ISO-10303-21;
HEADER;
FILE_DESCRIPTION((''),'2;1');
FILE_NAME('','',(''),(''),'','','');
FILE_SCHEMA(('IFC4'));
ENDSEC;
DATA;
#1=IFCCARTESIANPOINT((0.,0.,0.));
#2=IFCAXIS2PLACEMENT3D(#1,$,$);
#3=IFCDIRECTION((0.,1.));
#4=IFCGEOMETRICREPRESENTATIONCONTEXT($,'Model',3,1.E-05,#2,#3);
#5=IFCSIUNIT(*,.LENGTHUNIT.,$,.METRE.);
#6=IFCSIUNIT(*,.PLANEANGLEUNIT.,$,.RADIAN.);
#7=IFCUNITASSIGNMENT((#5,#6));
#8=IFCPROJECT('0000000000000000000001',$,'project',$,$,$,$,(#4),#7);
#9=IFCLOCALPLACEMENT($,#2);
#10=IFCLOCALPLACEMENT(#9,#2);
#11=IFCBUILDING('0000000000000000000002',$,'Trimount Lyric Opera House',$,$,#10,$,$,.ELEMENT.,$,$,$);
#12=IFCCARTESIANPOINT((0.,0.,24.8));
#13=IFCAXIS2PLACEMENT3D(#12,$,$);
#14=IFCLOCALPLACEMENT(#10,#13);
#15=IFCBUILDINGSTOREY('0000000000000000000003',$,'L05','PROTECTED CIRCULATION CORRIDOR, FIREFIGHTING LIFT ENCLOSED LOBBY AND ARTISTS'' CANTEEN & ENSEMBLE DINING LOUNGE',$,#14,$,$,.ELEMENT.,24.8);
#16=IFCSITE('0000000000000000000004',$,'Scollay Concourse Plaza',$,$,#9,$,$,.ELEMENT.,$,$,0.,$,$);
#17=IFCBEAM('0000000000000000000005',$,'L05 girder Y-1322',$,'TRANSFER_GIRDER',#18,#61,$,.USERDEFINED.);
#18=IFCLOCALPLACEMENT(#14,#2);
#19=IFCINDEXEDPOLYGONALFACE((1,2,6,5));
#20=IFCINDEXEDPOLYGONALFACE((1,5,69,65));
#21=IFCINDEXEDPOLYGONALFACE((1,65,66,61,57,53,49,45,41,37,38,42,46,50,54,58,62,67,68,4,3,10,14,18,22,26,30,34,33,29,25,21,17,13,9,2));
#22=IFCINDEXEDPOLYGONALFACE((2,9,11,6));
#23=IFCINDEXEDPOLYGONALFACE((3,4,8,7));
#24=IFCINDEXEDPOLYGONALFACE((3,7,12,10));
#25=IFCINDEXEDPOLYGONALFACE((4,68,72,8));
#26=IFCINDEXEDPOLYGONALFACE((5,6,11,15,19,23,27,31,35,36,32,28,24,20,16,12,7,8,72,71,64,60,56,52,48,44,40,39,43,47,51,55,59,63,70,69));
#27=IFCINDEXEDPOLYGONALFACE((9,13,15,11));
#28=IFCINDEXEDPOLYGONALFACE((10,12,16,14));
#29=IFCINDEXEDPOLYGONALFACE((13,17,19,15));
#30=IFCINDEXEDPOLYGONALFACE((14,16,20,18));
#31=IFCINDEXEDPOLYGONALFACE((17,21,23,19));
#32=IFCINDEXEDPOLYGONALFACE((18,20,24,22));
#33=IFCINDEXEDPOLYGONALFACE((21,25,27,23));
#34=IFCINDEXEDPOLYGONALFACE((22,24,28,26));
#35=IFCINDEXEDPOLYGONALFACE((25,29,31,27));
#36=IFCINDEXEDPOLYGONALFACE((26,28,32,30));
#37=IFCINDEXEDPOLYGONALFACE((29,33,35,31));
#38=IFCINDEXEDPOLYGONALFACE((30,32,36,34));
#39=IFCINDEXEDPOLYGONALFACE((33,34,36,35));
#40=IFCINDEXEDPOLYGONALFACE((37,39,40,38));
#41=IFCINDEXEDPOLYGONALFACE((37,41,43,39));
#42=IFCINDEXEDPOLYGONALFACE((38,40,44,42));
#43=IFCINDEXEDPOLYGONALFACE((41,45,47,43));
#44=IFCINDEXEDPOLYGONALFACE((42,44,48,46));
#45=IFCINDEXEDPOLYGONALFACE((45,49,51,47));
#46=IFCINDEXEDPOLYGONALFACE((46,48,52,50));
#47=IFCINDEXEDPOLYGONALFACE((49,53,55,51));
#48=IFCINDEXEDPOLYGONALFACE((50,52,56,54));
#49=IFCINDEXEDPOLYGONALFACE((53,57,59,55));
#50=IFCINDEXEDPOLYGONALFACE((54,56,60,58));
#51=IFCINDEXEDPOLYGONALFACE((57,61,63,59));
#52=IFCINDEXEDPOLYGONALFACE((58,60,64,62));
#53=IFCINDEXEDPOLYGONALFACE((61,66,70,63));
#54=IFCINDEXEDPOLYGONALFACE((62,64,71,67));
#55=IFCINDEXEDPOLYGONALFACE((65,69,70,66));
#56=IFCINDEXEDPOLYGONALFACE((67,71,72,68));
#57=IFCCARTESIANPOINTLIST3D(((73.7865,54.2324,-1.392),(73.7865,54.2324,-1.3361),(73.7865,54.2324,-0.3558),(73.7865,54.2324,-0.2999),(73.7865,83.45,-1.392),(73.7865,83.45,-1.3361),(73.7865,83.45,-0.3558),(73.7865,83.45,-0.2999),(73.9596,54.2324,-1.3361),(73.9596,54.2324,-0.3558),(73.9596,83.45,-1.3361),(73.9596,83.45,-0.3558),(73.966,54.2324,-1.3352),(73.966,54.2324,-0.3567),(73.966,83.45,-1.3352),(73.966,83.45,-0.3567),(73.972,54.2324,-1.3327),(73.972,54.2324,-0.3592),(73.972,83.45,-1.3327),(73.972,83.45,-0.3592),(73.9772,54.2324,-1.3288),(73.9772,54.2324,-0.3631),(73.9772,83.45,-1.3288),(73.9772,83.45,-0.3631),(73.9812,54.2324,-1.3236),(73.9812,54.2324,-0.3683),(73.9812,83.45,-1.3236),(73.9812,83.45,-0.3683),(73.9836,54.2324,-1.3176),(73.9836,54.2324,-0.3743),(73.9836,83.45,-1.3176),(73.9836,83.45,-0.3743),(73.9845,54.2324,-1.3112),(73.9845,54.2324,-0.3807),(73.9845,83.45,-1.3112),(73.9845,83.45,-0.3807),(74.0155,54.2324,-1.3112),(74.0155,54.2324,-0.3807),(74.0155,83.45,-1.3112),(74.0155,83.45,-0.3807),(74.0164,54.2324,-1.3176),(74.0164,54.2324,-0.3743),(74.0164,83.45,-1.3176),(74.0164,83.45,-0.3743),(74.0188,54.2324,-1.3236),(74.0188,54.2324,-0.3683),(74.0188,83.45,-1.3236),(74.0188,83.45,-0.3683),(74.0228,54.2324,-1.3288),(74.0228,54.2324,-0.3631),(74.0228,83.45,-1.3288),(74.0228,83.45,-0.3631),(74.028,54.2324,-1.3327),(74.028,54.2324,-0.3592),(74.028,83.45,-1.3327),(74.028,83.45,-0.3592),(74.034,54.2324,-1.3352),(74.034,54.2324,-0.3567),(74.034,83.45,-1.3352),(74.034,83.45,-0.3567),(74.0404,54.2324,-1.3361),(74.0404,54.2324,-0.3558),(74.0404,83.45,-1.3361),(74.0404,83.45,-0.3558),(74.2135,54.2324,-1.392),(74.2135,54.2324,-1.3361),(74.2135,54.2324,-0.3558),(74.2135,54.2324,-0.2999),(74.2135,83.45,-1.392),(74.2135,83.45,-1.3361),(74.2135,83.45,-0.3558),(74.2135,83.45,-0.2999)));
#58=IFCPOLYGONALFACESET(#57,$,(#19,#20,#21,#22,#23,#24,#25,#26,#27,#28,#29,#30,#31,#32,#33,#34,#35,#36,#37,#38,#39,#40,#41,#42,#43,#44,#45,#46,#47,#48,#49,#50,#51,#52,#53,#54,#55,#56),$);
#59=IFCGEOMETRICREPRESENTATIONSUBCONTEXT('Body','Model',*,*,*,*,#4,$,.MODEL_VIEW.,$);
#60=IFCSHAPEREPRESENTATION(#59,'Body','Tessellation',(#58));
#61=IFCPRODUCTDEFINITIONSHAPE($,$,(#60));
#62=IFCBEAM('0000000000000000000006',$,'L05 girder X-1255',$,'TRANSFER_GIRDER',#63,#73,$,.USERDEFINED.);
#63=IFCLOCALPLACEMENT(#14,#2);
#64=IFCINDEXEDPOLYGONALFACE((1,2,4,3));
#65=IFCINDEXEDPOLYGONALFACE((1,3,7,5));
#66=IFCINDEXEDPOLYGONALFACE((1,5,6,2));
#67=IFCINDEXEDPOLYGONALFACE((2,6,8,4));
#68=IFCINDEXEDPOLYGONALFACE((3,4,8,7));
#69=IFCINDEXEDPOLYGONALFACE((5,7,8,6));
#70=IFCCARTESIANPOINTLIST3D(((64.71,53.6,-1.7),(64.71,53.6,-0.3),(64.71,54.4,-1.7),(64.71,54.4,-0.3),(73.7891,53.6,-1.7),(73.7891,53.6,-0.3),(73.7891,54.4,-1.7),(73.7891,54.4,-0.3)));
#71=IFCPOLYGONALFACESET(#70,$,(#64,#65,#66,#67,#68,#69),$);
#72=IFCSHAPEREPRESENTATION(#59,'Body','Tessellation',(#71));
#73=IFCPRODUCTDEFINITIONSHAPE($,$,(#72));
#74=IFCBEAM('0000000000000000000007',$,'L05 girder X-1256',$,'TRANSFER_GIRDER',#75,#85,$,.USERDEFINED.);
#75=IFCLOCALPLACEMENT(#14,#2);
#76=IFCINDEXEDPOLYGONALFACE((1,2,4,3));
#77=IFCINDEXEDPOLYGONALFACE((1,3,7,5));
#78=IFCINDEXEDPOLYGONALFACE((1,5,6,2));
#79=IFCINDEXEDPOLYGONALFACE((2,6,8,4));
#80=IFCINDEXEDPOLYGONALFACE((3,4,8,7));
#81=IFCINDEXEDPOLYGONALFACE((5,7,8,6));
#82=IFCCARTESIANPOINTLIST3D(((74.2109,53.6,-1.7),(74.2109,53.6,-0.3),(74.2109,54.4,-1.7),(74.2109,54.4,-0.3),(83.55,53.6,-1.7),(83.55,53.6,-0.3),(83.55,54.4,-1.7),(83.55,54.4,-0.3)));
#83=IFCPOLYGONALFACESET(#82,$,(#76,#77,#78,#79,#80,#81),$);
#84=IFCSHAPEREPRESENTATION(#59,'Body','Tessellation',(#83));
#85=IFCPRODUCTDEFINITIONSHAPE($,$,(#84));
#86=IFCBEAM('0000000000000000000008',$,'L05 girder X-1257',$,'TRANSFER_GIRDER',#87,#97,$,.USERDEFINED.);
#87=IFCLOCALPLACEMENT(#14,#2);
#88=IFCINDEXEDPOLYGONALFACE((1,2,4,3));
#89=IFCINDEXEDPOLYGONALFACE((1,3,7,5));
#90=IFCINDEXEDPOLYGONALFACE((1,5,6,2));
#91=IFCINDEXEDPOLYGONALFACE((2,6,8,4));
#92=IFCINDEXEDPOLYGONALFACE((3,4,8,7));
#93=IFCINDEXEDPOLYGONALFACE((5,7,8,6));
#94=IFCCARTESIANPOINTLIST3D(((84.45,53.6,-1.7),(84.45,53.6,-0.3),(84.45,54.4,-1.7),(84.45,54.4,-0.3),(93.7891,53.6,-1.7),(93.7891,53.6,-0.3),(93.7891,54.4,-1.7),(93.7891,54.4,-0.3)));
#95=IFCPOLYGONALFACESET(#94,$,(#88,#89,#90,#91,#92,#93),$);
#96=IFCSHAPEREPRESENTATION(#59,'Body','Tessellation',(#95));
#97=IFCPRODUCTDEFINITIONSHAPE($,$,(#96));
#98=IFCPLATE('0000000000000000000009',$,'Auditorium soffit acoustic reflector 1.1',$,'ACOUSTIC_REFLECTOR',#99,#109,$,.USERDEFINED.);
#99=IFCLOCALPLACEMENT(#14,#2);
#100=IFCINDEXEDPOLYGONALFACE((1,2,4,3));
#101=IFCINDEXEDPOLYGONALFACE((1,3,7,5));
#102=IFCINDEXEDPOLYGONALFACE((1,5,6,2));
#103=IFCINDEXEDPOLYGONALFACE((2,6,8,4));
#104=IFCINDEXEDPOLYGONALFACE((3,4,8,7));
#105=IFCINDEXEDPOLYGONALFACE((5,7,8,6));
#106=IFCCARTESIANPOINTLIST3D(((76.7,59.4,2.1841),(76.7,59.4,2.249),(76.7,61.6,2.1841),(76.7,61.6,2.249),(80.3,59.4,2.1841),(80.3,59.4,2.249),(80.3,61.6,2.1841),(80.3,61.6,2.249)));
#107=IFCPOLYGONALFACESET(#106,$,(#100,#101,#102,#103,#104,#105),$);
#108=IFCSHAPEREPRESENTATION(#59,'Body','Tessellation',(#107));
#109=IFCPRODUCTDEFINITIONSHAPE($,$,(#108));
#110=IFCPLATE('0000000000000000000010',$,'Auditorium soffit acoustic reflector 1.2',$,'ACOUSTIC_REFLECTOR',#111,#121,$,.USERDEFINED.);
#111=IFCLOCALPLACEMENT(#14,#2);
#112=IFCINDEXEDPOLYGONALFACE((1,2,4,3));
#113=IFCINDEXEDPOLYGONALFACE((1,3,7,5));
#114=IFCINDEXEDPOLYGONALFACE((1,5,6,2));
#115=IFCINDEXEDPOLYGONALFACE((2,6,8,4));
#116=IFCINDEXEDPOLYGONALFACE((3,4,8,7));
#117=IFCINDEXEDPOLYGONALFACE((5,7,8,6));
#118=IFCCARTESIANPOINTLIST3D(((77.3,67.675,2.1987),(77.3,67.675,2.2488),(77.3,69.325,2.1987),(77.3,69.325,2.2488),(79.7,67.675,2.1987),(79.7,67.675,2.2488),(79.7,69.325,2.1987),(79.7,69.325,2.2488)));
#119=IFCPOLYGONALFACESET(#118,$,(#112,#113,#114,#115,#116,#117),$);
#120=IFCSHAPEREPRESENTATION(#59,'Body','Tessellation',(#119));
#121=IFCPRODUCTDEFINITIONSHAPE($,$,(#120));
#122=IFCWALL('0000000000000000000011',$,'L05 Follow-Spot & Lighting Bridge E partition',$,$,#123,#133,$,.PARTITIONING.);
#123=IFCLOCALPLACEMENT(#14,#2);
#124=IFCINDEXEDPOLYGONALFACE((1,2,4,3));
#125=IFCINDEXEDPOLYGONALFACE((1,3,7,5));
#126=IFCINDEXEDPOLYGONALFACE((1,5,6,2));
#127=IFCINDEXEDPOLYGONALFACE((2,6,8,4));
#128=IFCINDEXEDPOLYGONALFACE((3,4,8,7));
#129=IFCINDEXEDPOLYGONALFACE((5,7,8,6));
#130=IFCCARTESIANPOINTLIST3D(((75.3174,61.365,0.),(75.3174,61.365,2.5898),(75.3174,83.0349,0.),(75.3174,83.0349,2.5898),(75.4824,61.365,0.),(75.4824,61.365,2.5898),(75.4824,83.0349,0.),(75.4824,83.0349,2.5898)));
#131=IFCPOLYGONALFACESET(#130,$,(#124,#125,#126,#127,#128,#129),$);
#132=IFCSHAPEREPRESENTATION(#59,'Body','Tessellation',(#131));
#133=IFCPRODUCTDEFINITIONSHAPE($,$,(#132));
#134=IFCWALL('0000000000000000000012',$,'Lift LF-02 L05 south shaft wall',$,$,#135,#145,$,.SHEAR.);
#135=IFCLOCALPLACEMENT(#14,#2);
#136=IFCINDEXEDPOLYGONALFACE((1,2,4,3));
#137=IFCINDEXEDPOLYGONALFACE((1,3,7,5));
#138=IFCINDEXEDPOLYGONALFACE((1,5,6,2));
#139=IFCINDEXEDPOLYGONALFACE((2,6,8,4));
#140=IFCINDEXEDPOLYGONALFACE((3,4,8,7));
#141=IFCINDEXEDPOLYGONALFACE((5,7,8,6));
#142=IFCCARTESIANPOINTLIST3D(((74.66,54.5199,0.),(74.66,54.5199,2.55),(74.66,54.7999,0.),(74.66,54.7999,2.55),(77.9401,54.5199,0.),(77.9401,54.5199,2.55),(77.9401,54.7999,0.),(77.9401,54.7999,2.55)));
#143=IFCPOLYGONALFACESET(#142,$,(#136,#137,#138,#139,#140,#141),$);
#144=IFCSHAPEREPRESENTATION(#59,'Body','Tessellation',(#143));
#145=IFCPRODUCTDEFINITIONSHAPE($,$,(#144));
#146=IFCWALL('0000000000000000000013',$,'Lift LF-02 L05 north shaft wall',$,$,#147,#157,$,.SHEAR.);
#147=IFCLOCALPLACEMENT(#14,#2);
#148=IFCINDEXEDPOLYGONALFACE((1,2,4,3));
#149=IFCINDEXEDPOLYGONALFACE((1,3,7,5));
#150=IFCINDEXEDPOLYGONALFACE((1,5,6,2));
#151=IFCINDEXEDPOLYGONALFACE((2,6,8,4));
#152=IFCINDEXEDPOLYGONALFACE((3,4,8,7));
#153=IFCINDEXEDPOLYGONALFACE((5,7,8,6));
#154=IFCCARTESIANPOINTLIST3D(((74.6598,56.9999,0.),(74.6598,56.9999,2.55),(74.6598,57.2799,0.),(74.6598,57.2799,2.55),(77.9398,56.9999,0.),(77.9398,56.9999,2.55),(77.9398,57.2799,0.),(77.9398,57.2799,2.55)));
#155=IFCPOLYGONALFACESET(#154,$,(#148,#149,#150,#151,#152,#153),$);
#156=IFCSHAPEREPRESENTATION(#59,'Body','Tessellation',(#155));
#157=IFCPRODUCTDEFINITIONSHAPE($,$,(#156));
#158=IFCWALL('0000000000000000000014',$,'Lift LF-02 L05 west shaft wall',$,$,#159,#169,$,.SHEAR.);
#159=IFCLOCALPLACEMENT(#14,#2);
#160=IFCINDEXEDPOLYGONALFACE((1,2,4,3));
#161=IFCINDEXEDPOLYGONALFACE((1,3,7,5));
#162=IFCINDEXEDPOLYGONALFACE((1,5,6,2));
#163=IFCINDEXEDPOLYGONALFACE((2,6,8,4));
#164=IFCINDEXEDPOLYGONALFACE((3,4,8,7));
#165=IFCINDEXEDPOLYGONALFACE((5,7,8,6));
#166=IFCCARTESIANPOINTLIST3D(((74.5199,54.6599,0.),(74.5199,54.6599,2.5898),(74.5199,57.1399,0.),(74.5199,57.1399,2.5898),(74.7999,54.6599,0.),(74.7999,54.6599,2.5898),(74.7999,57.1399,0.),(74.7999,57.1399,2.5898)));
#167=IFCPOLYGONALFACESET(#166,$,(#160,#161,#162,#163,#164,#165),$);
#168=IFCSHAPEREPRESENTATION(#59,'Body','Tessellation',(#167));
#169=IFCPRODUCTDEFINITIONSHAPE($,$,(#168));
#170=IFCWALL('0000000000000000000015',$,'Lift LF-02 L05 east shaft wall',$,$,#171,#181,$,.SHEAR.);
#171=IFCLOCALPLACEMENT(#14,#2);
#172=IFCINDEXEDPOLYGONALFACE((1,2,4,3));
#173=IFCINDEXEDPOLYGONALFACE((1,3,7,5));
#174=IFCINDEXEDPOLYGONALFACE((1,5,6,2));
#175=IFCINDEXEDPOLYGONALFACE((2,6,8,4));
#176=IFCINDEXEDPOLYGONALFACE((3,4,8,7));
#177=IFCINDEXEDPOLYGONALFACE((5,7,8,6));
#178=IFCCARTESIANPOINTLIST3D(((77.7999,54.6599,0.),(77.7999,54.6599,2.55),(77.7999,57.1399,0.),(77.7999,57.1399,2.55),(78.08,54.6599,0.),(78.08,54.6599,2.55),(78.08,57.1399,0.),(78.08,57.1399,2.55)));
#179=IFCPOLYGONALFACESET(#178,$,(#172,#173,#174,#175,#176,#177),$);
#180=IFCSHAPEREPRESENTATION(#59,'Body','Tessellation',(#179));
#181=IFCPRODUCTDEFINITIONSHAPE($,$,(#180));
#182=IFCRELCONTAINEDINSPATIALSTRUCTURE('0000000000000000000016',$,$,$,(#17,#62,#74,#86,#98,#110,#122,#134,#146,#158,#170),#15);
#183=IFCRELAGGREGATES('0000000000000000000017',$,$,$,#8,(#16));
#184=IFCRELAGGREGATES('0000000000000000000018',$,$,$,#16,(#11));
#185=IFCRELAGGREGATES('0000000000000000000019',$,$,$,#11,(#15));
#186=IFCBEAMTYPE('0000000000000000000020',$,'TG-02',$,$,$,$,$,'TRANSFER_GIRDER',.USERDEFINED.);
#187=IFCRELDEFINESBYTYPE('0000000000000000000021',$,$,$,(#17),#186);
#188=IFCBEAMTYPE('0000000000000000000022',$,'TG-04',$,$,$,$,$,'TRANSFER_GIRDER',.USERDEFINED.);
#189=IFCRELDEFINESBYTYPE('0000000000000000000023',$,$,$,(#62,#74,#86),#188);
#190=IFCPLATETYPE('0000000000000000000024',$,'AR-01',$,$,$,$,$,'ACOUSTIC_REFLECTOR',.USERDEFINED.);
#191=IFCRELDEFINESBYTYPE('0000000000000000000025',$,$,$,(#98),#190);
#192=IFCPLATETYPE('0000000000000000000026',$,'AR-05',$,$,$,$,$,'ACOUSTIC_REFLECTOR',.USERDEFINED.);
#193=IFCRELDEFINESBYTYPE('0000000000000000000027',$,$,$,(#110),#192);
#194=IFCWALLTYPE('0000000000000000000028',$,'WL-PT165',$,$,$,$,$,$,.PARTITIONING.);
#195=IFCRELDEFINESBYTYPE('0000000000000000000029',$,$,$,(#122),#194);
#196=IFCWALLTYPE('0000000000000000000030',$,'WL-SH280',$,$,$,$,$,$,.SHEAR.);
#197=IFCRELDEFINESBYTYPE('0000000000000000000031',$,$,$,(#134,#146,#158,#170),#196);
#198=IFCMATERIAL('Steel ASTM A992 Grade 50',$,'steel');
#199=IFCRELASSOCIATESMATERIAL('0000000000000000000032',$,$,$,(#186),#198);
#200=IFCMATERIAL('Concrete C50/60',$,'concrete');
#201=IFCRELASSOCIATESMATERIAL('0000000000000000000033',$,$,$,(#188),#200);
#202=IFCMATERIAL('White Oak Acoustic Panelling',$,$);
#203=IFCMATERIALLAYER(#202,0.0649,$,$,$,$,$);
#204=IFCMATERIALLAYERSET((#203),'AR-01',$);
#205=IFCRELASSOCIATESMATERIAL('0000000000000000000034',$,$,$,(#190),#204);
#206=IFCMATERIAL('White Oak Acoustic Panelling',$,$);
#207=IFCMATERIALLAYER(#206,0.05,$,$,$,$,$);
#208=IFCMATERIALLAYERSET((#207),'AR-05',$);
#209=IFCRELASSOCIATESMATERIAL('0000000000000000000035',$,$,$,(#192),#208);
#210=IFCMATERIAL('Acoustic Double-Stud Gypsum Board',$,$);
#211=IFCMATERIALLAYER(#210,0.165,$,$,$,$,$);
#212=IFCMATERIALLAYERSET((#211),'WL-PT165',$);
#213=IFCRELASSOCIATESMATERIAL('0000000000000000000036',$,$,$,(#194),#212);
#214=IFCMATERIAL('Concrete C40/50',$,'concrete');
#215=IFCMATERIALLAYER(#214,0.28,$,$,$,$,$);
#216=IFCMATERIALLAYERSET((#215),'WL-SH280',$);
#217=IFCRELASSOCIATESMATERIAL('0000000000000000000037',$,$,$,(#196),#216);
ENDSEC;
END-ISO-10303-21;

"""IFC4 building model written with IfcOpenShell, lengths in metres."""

from ifc_helpers import new_model, si_unit, direction, frame, frame_2d, origin, origin_2d, place, context, subcontext, project, spatial, rectangle, i_section, extrude, material, layer, layer_set, material_profile, profile_set, type_object, element, save


model = new_model("IFC4")

# Units and contexts
model_context = context("Model", 3, precision=1e-05, world=origin(), true_north=direction((0.0, 1.0)))
body_context = subcontext(model_context, "Body", "Model", "MODEL_VIEW")
ifc_project = project(units=[si_unit("LENGTHUNIT", "METRE"), si_unit("PLANEANGLEUNIT", "RADIAN")], contexts=[model_context])

# Site, building, storey
site_placement = place(None, origin())
site = spatial("IfcSite", under=ifc_project, at=site_placement, Name="Scollay Concourse Plaza", CompositionType="ELEMENT", RefElevation=0.0)
building_placement = place(site_placement, origin())
building = spatial("IfcBuilding", under=site, at=building_placement, Name="Trimount Lyric Opera House", CompositionType="ELEMENT")
storey_placement = place(building_placement, frame((0.0, 0.0, 24.8)))
storey = spatial("IfcBuildingStorey", under=building, at=storey_placement, Name="L05", Description="PROTECTED CIRCULATION CORRIDOR, FIREFIGHTING LIFT ENCLOSED LOBBY AND ARTISTS' CANTEEN & ENSEMBLE DINING LOUNGE", CompositionType="ELEMENT", Elevation=24.8)

# Beams
ifc_material_1 = material(Name="Steel ASTM A992 Grade 50", Category="steel")
ifc_material_profile_1 = material_profile(ifc_material_1, i_section(OverallWidth=0.427, OverallDepth=1.092, WebThickness=0.031, FlangeThickness=0.0559, FilletRadius=0.0249, at=origin_2d()), Name="W40X397")
ifc_profile_set_1 = profile_set([ifc_material_profile_1], Name="Steel ASTM A992 Grade 50")
beam_type_1 = type_object("IfcBeamType", Name="TG-02", ElementType="TRANSFER_GIRDER", PredefinedType="USERDEFINED", material=ifc_profile_set_1)
beam_1_placement = place(storey_placement, frame((74.0, 54.2324, -0.8459), z_axis=(0.0, 1.0, 0.0), x_axis=(-1.0, 0.0, 0.0)))
element("IfcBeam", 1, at=beam_1_placement, inside=storey, type_object=beam_type_1, Name="L05 girder Y-1322", ObjectType="TRANSFER_GIRDER", PredefinedType="USERDEFINED", context=body_context, shape_type="SweptSolid", body=[
    extrude(i_section(OverallWidth=0.427, OverallDepth=1.092, WebThickness=0.031, FlangeThickness=0.0559, FilletRadius=0.0249, at=origin_2d()), origin(), (0.0, 0.0, 1.0), 29.2175),
])
ifc_material_2 = material(Name="Concrete C50/60", Category="concrete")
ifc_material_profile_2 = material_profile(ifc_material_2, rectangle(XDim=0.8, YDim=1.3999, at=origin_2d()), Name="RC800X1400")
ifc_profile_set_2 = profile_set([ifc_material_profile_2], Name="Concrete C50/60")
beam_type_2 = type_object("IfcBeamType", Name="TG-04", ElementType="TRANSFER_GIRDER", PredefinedType="USERDEFINED", material=ifc_profile_set_2)
beam_2_placement = place(storey_placement, frame((64.71, 54.0, -1.0), z_axis=(1.0, 0.0, 0.0), x_axis=(0.0, 1.0, 0.0)))
element("IfcBeam", 2, at=beam_2_placement, inside=storey, type_object=beam_type_2, Name="L05 girder X-1255", ObjectType="TRANSFER_GIRDER", PredefinedType="USERDEFINED", context=body_context, shape_type="SweptSolid", body=[
    extrude(rectangle(XDim=0.8, YDim=1.3999, at=origin_2d()), origin(), (0.0, 0.0, 1.0), 9.0791),
])
for number, where, z_axis, x_axis, name in (
    (3, (74.2109, 54.0, -1.0), (1.0, 0.0, 0.0), (0.0, 1.0, 0.0), "L05 girder X-1256"),
    (4, (84.45, 54.0, -1.0), (1.0, 0.0, 0.0), (0.0, 1.0, 0.0), "L05 girder X-1257"),
):
    element("IfcBeam", number, at=place(storey_placement, frame(where, z_axis=z_axis, x_axis=x_axis)), inside=storey, type_object=beam_type_2, Name=name, ObjectType="TRANSFER_GIRDER", PredefinedType="USERDEFINED", context=body_context, shape_type="SweptSolid", body=[
        extrude(rectangle(XDim=0.8, YDim=1.3999, at=origin_2d()), origin(), (0.0, 0.0, 1.0), 9.3391),
    ])

# Plates
ifc_material_3 = material(Name="White Oak Acoustic Panelling")
ifc_layer_1 = layer(ifc_material_3, 0.0649)
ifc_layer_set_1 = layer_set([ifc_layer_1], Name="AR-01")
plate_type_1 = type_object("IfcPlateType", Name="AR-01", ElementType="ACOUSTIC_REFLECTOR", PredefinedType="USERDEFINED", material=ifc_layer_set_1)
plate_1_placement = place(storey_placement, frame((78.5, 60.5, 2.1841), z_axis=(0.0, 0.0, 1.0), x_axis=(1.0, 0.0, 0.0)))
element("IfcPlate", 5, at=plate_1_placement, inside=storey, type_object=plate_type_1, Name="Auditorium soffit acoustic reflector 1.1", ObjectType="ACOUSTIC_REFLECTOR", PredefinedType="USERDEFINED", context=body_context, shape_type="SweptSolid", body=[
    extrude(rectangle(XDim=3.6001, YDim=2.2, at=origin_2d()), origin(), (0.0, 0.0, 1.0), 0.0649),
])
ifc_material_4 = material(Name="White Oak Acoustic Panelling")
ifc_layer_2 = layer(ifc_material_4, 0.05)
ifc_layer_set_2 = layer_set([ifc_layer_2], Name="AR-05")
plate_type_2 = type_object("IfcPlateType", Name="AR-05", ElementType="ACOUSTIC_REFLECTOR", PredefinedType="USERDEFINED", material=ifc_layer_set_2)
plate_2_placement = place(storey_placement, frame((78.5, 68.5, 2.1987), z_axis=(0.0, 0.0, 1.0), x_axis=(1.0, 0.0, 0.0)))
element("IfcPlate", 6, at=plate_2_placement, inside=storey, type_object=plate_type_2, Name="Auditorium soffit acoustic reflector 1.2", ObjectType="ACOUSTIC_REFLECTOR", PredefinedType="USERDEFINED", context=body_context, shape_type="SweptSolid", body=[
    extrude(rectangle(XDim=2.3999, YDim=1.6499, at=origin_2d()), origin(), (0.0, 0.0, 1.0), 0.05),
])

# Walls
ifc_material_5 = material(Name="Acoustic Double-Stud Gypsum Board")
ifc_layer_3 = layer(ifc_material_5, 0.165)
ifc_layer_set_3 = layer_set([ifc_layer_3], Name="WL-PT165")
wall_type_1 = type_object("IfcWallType", Name="WL-PT165", PredefinedType="PARTITIONING", material=ifc_layer_set_3)
wall_1_placement = place(storey_placement, frame((75.3999, 61.365, 0.0), z_axis=(0.0, 0.0, 1.0), x_axis=(0.0, 1.0, 0.0)))
element("IfcWall", 7, at=wall_1_placement, inside=storey, type_object=wall_type_1, Name="L05 Follow-Spot & Lighting Bridge E partition", PredefinedType="PARTITIONING", context=body_context, shape_type="SweptSolid", body=[
    extrude(rectangle(XDim=21.6699, YDim=0.165, at=frame_2d((10.835, 0.0))), origin(), (0.0, 0.0, 1.0), 2.5898),
])
ifc_material_6 = material(Name="Concrete C40/50", Category="concrete")
ifc_layer_4 = layer(ifc_material_6, 0.28)
ifc_layer_set_4 = layer_set([ifc_layer_4], Name="WL-SH280")
wall_type_2 = type_object("IfcWallType", Name="WL-SH280", PredefinedType="SHEAR", material=ifc_layer_set_4)
for number, where, z_axis, x_axis, name in (
    (8, (74.6599, 54.6599, 0.0), (0.0, 0.0, 1.0), (1.0, 0.0, 0.0), "Lift LF-02 L05 south shaft wall"),
    (9, (77.9399, 57.1399, 0.0), (0.0, 0.0, 1.0), (-1.0, 0.0, 0.0), "Lift LF-02 L05 north shaft wall"),
):
    element("IfcWall", number, at=place(storey_placement, frame(where, z_axis=z_axis, x_axis=x_axis)), inside=storey, type_object=wall_type_2, Name=name, PredefinedType="SHEAR", context=body_context, shape_type="SweptSolid", body=[
        extrude(rectangle(XDim=3.28, YDim=0.28, at=frame_2d((1.6401, 0.0))), origin(), (0.0, 0.0, 1.0), 2.55),
    ])
wall_2_placement = place(storey_placement, frame((74.6599, 57.1399, 0.0), z_axis=(0.0, 0.0, 1.0), x_axis=(0.0, -1.0, 0.0)))
element("IfcWall", 10, at=wall_2_placement, inside=storey, type_object=wall_type_2, Name="Lift LF-02 L05 west shaft wall", PredefinedType="SHEAR", context=body_context, shape_type="SweptSolid", body=[
    extrude(rectangle(XDim=2.48, YDim=0.28, at=frame_2d((1.24, 0.0))), origin(), (0.0, 0.0, 1.0), 2.5898),
])
wall_3_placement = place(storey_placement, frame((77.9399, 54.6599, 0.0), z_axis=(0.0, 0.0, 1.0), x_axis=(0.0, 1.0, 0.0)))
element("IfcWall", 11, at=wall_3_placement, inside=storey, type_object=wall_type_2, Name="Lift LF-02 L05 east shaft wall", PredefinedType="SHEAR", context=body_context, shape_type="SweptSolid", body=[
    extrude(rectangle(XDim=2.48, YDim=0.28, at=frame_2d((1.24, 0.0))), origin(), (0.0, 0.0, 1.0), 2.55),
])

save(model, "model.ifc")
